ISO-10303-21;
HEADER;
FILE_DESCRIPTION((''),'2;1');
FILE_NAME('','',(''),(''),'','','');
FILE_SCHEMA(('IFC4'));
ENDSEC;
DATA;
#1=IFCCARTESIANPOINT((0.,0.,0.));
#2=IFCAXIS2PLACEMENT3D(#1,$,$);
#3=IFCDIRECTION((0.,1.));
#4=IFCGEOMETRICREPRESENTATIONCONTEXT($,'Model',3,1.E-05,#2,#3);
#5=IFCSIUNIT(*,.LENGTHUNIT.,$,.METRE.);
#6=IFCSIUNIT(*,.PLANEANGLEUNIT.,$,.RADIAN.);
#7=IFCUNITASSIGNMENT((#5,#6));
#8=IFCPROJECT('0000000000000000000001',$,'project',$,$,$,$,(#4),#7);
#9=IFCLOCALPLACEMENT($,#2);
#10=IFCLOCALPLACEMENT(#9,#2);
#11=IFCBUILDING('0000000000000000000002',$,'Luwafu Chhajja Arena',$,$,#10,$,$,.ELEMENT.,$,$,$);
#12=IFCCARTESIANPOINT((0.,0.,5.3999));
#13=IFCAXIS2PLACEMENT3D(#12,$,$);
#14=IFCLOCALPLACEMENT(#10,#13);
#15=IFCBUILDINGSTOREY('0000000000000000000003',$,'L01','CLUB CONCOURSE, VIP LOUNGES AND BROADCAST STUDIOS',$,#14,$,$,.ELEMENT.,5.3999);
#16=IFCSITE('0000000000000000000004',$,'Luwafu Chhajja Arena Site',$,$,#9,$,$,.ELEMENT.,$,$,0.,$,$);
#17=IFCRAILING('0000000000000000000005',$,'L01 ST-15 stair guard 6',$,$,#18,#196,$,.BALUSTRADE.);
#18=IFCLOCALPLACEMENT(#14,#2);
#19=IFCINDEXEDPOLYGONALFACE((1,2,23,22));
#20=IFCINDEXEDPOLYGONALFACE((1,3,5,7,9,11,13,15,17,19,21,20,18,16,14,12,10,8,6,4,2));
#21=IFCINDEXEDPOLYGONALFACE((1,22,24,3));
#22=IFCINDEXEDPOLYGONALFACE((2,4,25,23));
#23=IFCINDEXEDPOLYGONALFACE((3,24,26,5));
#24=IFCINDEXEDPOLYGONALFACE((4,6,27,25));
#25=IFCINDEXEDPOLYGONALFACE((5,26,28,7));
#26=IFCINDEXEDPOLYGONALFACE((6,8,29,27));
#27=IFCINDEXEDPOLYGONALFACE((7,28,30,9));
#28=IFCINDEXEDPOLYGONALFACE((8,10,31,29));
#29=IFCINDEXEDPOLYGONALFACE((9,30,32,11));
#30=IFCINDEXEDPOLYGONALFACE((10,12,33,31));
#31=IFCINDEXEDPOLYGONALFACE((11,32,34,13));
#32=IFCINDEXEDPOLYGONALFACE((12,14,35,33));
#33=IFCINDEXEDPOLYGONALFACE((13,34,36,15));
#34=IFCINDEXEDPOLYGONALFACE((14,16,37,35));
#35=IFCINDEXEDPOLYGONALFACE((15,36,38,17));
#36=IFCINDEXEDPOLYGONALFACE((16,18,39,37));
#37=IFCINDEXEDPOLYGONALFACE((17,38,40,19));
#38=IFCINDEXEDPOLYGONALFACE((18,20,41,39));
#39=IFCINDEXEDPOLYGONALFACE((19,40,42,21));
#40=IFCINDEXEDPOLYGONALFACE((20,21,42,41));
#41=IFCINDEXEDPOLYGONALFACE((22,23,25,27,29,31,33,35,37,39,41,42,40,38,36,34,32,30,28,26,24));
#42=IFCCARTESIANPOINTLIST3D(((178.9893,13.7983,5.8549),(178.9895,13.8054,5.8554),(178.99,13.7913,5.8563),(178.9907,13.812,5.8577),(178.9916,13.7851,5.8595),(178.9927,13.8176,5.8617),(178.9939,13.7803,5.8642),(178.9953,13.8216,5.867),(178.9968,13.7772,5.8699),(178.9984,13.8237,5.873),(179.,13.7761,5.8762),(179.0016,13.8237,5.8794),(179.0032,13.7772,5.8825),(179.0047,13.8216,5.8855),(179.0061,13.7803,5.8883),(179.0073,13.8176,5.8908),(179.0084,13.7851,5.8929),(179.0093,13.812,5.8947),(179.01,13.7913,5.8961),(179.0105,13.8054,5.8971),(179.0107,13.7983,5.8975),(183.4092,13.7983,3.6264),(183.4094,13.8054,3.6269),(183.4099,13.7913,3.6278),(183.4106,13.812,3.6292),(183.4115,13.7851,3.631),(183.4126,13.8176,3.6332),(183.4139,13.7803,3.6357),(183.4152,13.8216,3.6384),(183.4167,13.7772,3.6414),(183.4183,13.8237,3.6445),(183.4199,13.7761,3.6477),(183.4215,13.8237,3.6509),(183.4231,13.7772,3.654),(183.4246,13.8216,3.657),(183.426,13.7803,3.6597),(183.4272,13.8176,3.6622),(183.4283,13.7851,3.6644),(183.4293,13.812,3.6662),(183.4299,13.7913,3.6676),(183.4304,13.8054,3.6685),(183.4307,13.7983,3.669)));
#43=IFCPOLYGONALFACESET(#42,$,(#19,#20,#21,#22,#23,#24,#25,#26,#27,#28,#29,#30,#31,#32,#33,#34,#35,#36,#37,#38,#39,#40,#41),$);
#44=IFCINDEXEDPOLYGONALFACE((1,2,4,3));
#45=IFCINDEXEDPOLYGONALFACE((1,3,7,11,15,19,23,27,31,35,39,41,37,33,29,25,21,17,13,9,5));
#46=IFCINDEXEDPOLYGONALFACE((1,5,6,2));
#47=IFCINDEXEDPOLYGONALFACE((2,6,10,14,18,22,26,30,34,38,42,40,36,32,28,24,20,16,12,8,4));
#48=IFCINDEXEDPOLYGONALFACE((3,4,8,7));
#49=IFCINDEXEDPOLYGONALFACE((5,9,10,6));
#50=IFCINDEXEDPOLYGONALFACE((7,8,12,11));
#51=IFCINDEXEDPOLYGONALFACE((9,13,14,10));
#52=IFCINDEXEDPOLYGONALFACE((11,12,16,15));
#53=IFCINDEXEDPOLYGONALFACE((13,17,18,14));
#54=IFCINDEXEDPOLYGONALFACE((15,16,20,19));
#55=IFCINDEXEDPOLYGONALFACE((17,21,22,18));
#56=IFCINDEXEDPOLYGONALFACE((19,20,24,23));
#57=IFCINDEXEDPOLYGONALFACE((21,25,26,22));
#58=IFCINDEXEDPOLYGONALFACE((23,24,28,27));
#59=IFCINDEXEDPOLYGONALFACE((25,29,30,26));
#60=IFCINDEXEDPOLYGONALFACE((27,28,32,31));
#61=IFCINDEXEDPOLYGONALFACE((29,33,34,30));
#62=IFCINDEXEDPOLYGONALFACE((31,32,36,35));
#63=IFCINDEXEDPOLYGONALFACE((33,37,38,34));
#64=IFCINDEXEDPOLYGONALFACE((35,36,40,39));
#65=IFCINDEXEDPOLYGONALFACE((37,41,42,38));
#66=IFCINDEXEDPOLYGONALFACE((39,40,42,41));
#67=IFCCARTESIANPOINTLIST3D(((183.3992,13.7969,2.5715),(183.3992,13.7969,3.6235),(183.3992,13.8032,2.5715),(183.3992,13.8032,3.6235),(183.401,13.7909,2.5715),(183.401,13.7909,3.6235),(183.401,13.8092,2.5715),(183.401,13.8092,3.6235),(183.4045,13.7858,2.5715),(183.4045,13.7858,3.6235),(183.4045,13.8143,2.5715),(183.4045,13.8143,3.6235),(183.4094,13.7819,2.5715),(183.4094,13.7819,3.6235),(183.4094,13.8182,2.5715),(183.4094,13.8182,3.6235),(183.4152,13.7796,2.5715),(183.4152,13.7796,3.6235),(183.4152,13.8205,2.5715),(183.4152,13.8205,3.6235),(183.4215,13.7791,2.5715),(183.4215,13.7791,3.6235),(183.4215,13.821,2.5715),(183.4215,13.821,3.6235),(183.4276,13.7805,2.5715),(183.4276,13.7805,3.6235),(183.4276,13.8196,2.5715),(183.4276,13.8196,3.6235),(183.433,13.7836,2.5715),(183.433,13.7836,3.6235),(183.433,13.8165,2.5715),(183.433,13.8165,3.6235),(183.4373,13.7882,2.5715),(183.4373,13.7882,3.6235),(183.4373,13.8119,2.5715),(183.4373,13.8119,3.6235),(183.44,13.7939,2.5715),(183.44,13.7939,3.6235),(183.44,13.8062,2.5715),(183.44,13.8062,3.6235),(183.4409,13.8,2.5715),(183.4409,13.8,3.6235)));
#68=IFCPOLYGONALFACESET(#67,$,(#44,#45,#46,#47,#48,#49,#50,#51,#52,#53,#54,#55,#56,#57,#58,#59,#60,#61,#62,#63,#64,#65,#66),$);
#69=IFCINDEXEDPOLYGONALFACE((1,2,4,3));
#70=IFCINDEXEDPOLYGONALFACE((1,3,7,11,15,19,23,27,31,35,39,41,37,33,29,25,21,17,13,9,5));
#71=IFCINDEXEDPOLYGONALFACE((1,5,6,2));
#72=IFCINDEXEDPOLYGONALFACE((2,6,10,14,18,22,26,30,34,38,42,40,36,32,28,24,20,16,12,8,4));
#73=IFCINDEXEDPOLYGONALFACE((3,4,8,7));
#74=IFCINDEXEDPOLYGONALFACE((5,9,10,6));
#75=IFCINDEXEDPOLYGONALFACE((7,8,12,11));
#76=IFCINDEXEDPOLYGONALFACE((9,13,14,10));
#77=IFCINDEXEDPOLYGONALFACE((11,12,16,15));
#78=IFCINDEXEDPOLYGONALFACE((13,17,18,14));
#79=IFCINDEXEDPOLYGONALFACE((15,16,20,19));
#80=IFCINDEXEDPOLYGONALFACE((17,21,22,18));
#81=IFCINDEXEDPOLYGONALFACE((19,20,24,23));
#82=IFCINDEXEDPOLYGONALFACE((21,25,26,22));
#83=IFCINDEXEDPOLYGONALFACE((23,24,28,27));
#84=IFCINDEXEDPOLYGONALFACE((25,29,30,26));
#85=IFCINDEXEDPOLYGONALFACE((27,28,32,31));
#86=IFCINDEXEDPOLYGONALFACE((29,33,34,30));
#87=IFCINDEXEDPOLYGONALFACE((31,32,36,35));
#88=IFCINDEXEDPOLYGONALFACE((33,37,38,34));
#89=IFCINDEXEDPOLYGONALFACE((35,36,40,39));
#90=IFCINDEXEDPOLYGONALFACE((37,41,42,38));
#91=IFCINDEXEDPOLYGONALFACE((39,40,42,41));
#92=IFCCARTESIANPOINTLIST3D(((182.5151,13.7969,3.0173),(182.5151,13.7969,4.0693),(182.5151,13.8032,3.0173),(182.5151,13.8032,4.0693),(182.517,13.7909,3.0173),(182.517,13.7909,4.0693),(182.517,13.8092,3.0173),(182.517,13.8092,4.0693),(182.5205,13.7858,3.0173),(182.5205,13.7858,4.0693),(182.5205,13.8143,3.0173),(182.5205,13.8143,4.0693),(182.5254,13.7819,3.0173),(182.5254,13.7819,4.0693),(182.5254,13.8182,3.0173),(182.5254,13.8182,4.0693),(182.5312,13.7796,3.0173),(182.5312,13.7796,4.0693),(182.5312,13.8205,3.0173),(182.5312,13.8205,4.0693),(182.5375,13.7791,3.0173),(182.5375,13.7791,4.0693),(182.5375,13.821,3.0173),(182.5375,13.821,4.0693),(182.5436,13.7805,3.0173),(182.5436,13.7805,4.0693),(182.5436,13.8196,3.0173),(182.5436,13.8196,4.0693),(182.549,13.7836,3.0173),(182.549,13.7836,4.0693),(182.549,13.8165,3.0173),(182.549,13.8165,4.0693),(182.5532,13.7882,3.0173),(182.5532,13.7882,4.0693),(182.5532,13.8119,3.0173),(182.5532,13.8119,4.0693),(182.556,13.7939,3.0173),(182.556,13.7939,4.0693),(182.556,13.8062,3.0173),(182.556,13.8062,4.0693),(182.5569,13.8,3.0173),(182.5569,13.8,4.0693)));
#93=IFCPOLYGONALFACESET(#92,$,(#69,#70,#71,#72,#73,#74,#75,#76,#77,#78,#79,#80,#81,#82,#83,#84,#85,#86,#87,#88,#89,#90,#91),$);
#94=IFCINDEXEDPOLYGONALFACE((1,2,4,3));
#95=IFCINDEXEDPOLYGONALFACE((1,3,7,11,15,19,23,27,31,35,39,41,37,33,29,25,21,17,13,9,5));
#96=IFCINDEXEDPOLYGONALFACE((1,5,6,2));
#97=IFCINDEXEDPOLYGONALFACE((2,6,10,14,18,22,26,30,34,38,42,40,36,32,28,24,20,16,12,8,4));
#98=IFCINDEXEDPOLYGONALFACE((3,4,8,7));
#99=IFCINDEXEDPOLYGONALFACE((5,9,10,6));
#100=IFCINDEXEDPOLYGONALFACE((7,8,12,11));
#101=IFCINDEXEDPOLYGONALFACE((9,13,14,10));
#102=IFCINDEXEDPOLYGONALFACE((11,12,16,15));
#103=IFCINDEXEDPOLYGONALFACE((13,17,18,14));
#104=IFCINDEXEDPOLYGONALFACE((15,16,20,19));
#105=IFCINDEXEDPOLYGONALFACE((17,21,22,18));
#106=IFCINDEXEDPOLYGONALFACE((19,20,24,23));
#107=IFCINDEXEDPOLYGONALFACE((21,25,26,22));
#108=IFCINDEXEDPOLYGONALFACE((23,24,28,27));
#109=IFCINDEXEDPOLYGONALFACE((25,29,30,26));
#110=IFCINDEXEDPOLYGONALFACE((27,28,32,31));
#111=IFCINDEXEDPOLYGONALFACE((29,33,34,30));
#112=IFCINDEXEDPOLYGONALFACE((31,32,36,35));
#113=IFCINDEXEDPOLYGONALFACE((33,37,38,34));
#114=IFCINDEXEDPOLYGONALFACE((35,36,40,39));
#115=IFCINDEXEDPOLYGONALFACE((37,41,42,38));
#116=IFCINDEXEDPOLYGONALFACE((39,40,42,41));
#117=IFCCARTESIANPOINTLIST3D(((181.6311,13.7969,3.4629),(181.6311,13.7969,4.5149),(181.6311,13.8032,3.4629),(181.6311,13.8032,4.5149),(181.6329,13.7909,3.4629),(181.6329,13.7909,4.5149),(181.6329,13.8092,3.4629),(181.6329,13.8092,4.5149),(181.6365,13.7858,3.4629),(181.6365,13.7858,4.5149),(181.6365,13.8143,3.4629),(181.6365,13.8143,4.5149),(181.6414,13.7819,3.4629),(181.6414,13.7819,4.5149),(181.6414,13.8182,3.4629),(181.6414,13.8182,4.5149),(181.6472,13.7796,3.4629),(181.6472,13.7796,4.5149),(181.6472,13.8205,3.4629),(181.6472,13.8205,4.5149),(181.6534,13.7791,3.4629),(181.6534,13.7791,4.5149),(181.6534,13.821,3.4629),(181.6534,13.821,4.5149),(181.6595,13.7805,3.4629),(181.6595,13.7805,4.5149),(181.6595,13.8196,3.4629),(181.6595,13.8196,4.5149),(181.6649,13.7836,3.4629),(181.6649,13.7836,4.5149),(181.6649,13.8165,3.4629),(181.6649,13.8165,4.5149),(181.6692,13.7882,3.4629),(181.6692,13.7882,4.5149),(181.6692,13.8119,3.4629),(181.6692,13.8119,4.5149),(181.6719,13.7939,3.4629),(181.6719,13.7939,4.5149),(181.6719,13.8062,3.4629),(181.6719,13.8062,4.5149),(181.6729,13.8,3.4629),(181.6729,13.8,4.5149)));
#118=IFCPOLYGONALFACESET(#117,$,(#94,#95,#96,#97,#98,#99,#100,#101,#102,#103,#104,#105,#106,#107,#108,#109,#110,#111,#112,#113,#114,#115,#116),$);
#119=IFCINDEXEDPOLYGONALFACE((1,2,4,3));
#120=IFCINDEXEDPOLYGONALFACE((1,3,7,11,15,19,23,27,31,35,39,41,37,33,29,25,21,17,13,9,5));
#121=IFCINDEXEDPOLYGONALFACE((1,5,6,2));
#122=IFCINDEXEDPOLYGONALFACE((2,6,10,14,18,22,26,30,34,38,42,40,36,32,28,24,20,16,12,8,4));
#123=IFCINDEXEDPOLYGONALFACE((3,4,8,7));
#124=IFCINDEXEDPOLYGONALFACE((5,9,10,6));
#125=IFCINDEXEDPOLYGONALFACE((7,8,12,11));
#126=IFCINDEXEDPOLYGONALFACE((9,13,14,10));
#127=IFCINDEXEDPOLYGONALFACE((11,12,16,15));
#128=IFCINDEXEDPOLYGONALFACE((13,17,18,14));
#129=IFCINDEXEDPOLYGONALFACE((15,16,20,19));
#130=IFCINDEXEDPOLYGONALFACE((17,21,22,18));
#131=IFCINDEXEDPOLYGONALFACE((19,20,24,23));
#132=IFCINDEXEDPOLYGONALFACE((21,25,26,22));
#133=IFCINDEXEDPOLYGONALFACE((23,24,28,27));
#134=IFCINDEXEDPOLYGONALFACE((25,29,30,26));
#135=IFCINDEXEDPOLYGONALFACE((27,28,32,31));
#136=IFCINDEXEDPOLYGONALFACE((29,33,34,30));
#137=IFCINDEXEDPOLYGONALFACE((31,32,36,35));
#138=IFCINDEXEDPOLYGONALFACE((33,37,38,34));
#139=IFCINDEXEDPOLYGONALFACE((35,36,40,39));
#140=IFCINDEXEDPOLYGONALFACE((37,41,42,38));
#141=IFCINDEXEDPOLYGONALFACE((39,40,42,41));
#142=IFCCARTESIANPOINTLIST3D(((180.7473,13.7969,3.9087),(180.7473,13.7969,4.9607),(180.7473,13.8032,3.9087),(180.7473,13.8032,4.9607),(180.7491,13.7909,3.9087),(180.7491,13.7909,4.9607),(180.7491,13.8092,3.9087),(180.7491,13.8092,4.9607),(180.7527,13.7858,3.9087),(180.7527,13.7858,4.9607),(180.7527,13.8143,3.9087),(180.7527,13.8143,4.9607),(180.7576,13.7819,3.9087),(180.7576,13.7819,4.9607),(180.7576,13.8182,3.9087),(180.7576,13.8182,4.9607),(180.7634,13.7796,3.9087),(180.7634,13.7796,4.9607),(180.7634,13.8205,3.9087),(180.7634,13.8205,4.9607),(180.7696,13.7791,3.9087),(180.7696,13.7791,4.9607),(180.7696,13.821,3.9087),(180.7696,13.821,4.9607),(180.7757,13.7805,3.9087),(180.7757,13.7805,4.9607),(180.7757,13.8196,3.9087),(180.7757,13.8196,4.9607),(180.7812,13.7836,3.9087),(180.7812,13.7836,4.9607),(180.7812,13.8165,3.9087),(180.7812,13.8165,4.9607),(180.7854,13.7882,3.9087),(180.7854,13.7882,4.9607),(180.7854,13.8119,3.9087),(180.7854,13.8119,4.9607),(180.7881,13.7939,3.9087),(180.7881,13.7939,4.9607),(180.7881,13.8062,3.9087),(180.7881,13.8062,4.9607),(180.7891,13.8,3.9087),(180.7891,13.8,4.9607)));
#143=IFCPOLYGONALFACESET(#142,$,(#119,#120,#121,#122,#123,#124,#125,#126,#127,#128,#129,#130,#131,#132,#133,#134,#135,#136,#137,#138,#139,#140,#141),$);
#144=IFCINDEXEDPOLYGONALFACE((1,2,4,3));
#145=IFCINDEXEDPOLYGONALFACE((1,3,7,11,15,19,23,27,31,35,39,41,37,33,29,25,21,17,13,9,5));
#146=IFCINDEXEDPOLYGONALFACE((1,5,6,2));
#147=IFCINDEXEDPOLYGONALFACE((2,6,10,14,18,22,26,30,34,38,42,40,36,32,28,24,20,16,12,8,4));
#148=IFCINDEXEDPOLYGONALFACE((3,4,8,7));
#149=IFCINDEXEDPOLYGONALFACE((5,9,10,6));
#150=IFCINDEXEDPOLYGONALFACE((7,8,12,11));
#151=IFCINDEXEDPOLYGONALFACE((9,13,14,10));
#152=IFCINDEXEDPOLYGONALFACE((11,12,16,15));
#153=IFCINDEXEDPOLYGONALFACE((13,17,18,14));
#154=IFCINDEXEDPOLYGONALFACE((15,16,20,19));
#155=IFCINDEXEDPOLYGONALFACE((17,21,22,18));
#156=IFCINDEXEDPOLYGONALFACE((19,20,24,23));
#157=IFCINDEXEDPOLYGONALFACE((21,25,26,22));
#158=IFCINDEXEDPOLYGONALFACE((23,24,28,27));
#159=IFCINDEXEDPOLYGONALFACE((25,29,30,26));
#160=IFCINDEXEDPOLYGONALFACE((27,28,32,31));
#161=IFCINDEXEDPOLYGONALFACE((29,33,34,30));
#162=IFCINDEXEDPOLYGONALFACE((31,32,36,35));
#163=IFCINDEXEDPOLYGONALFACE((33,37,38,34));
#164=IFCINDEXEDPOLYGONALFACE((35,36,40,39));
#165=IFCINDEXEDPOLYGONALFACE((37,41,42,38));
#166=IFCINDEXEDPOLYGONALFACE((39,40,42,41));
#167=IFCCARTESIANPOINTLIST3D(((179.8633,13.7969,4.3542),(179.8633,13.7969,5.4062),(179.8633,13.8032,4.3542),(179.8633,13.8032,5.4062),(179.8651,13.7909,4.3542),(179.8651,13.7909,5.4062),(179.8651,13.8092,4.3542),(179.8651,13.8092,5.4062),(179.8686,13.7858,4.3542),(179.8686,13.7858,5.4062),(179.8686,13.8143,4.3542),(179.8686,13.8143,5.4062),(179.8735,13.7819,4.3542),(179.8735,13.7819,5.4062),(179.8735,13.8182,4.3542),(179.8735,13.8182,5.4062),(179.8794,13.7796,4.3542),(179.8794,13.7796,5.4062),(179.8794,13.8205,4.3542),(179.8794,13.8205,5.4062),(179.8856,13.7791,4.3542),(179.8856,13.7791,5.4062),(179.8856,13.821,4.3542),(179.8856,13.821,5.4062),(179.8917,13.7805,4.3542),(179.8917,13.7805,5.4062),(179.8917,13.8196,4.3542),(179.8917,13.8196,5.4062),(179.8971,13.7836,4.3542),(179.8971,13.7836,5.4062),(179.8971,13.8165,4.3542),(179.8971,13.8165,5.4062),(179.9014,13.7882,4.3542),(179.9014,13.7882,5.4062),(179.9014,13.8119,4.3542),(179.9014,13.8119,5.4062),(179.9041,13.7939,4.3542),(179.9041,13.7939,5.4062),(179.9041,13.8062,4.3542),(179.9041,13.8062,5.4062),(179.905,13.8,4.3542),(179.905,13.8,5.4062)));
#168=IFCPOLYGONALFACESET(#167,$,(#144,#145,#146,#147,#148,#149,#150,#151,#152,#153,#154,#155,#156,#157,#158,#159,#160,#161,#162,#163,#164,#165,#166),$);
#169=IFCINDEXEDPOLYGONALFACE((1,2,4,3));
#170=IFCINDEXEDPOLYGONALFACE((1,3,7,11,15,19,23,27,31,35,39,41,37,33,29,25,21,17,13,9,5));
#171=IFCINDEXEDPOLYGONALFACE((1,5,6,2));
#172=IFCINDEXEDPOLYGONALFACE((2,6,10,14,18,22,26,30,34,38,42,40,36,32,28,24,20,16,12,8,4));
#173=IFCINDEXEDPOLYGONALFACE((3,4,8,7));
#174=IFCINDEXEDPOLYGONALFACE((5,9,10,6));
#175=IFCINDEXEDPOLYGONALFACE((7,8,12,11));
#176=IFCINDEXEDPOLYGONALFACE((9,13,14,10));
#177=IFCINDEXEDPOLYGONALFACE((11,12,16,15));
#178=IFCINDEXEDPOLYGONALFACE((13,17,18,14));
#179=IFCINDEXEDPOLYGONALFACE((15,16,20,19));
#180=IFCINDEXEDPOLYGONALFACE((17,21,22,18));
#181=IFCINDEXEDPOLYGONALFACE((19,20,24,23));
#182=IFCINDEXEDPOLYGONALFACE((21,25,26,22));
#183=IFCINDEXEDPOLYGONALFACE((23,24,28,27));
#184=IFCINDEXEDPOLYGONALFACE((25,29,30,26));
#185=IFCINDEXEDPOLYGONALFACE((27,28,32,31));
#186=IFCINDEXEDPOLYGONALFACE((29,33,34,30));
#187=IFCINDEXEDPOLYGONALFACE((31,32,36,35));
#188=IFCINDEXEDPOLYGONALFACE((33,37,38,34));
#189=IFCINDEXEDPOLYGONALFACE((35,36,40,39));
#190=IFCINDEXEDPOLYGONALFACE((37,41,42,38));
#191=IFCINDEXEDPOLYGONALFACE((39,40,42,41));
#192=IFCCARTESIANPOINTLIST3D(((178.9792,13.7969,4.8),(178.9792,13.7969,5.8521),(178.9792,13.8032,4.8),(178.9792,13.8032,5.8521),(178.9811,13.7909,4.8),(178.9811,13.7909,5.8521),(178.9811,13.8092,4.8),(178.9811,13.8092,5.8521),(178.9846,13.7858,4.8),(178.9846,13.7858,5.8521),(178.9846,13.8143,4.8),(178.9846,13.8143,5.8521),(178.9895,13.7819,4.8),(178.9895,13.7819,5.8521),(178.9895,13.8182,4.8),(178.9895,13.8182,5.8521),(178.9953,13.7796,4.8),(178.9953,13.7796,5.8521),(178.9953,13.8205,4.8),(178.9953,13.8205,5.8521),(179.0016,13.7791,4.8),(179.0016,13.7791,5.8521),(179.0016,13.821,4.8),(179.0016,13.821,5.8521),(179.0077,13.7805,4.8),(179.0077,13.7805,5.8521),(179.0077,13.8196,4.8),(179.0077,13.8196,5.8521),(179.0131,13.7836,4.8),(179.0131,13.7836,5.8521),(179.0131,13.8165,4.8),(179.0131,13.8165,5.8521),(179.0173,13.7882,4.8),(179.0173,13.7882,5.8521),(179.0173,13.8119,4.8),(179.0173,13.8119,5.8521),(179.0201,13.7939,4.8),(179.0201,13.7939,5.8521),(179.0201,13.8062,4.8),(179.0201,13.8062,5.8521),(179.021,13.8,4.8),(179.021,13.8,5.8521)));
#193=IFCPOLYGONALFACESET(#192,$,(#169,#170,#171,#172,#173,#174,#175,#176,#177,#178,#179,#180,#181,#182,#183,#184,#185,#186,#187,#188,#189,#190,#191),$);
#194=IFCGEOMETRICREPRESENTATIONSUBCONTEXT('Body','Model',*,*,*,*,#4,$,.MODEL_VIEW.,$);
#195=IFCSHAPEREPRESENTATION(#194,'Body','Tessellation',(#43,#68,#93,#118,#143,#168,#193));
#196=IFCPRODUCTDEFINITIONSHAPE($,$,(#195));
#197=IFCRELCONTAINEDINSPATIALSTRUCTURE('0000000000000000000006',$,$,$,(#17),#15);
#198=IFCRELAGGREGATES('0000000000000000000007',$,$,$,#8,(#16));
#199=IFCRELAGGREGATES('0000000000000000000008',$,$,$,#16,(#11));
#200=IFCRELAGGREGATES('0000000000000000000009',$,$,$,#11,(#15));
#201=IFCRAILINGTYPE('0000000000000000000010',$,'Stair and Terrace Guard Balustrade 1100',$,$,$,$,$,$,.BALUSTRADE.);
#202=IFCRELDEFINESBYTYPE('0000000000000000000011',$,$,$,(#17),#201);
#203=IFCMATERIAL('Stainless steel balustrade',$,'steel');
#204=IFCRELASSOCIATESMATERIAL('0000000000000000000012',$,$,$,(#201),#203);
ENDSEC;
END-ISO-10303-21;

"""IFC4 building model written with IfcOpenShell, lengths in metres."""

from ifc_helpers import new_model, si_unit, direction, frame, origin, origin_2d, place, context, subcontext, project, spatial, circle, extrude, material, type_object, element, save


model = new_model("IFC4")

# Units and contexts
model_context = context("Model", 3, precision=1e-05, world=origin(), true_north=direction((0.0, 1.0)))
body_context = subcontext(model_context, "Body", "Model", "MODEL_VIEW")
ifc_project = project(units=[si_unit("LENGTHUNIT", "METRE"), si_unit("PLANEANGLEUNIT", "RADIAN")], contexts=[model_context])

# Site, building, storey
site_placement = place(None, origin())
site = spatial("IfcSite", under=ifc_project, at=site_placement, Name="Luwafu Chhajja Arena Site", CompositionType="ELEMENT", RefElevation=0.0)
building_placement = place(site_placement, origin())
building = spatial("IfcBuilding", under=site, at=building_placement, Name="Luwafu Chhajja Arena", CompositionType="ELEMENT")
storey_placement = place(building_placement, frame((0.0, 0.0, 5.3999)))
storey = spatial("IfcBuildingStorey", under=building, at=storey_placement, Name="L01", Description="CLUB CONCOURSE, VIP LOUNGES AND BROADCAST STUDIOS", CompositionType="ELEMENT", Elevation=5.3999)

# Railing
ifc_material_1 = material(Name="Stainless steel balustrade", Category="steel")
railing_type_1 = type_object("IfcRailingType", Name="Stair and Terrace Guard Balustrade 1100", PredefinedType="BALUSTRADE", material=ifc_material_1)
railing_1_placement = place(storey_placement, frame((183.4199, 13.8, 2.5715)))
element("IfcRailing", 1, at=railing_1_placement, inside=storey, type_object=railing_type_1, Name="L01 ST-15 stair guard 6", PredefinedType="BALUSTRADE", context=body_context, shape_type="SweptSolid", body=[
    extrude(circle(Radius=0.0239, at=origin_2d()), frame((0.0, 0.0, 1.0762), z_axis=(-0.892923, 0.0, 0.45021), x_axis=(0.0, -1.0, 0.0)), (0.0, 0.0, 1.0), 4.95),
    extrude(circle(Radius=0.021, at=origin_2d()), origin(), (0.0, 0.0, 1.0), 1.052),
    extrude(circle(Radius=0.021, at=origin_2d()), frame((-0.884, 0.0, 0.4458)), (0.0, 0.0, 1.0), 1.052),
    extrude(circle(Radius=0.021, at=origin_2d()), frame((-1.7681, 0.0, 0.8914)), (0.0, 0.0, 1.0), 1.052),
    extrude(circle(Radius=0.021, at=origin_2d()), frame((-2.6519, 0.0, 1.3372)), (0.0, 0.0, 1.0), 1.052),
    extrude(circle(Radius=0.021, at=origin_2d()), frame((-3.5359, 0.0, 1.7827)), (0.0, 0.0, 1.0), 1.052),
    extrude(circle(Radius=0.021, at=origin_2d()), frame((-4.4199, 0.0, 2.2285)), (0.0, 0.0, 1.0), 1.052),
])

save(model, "model.ifc")
